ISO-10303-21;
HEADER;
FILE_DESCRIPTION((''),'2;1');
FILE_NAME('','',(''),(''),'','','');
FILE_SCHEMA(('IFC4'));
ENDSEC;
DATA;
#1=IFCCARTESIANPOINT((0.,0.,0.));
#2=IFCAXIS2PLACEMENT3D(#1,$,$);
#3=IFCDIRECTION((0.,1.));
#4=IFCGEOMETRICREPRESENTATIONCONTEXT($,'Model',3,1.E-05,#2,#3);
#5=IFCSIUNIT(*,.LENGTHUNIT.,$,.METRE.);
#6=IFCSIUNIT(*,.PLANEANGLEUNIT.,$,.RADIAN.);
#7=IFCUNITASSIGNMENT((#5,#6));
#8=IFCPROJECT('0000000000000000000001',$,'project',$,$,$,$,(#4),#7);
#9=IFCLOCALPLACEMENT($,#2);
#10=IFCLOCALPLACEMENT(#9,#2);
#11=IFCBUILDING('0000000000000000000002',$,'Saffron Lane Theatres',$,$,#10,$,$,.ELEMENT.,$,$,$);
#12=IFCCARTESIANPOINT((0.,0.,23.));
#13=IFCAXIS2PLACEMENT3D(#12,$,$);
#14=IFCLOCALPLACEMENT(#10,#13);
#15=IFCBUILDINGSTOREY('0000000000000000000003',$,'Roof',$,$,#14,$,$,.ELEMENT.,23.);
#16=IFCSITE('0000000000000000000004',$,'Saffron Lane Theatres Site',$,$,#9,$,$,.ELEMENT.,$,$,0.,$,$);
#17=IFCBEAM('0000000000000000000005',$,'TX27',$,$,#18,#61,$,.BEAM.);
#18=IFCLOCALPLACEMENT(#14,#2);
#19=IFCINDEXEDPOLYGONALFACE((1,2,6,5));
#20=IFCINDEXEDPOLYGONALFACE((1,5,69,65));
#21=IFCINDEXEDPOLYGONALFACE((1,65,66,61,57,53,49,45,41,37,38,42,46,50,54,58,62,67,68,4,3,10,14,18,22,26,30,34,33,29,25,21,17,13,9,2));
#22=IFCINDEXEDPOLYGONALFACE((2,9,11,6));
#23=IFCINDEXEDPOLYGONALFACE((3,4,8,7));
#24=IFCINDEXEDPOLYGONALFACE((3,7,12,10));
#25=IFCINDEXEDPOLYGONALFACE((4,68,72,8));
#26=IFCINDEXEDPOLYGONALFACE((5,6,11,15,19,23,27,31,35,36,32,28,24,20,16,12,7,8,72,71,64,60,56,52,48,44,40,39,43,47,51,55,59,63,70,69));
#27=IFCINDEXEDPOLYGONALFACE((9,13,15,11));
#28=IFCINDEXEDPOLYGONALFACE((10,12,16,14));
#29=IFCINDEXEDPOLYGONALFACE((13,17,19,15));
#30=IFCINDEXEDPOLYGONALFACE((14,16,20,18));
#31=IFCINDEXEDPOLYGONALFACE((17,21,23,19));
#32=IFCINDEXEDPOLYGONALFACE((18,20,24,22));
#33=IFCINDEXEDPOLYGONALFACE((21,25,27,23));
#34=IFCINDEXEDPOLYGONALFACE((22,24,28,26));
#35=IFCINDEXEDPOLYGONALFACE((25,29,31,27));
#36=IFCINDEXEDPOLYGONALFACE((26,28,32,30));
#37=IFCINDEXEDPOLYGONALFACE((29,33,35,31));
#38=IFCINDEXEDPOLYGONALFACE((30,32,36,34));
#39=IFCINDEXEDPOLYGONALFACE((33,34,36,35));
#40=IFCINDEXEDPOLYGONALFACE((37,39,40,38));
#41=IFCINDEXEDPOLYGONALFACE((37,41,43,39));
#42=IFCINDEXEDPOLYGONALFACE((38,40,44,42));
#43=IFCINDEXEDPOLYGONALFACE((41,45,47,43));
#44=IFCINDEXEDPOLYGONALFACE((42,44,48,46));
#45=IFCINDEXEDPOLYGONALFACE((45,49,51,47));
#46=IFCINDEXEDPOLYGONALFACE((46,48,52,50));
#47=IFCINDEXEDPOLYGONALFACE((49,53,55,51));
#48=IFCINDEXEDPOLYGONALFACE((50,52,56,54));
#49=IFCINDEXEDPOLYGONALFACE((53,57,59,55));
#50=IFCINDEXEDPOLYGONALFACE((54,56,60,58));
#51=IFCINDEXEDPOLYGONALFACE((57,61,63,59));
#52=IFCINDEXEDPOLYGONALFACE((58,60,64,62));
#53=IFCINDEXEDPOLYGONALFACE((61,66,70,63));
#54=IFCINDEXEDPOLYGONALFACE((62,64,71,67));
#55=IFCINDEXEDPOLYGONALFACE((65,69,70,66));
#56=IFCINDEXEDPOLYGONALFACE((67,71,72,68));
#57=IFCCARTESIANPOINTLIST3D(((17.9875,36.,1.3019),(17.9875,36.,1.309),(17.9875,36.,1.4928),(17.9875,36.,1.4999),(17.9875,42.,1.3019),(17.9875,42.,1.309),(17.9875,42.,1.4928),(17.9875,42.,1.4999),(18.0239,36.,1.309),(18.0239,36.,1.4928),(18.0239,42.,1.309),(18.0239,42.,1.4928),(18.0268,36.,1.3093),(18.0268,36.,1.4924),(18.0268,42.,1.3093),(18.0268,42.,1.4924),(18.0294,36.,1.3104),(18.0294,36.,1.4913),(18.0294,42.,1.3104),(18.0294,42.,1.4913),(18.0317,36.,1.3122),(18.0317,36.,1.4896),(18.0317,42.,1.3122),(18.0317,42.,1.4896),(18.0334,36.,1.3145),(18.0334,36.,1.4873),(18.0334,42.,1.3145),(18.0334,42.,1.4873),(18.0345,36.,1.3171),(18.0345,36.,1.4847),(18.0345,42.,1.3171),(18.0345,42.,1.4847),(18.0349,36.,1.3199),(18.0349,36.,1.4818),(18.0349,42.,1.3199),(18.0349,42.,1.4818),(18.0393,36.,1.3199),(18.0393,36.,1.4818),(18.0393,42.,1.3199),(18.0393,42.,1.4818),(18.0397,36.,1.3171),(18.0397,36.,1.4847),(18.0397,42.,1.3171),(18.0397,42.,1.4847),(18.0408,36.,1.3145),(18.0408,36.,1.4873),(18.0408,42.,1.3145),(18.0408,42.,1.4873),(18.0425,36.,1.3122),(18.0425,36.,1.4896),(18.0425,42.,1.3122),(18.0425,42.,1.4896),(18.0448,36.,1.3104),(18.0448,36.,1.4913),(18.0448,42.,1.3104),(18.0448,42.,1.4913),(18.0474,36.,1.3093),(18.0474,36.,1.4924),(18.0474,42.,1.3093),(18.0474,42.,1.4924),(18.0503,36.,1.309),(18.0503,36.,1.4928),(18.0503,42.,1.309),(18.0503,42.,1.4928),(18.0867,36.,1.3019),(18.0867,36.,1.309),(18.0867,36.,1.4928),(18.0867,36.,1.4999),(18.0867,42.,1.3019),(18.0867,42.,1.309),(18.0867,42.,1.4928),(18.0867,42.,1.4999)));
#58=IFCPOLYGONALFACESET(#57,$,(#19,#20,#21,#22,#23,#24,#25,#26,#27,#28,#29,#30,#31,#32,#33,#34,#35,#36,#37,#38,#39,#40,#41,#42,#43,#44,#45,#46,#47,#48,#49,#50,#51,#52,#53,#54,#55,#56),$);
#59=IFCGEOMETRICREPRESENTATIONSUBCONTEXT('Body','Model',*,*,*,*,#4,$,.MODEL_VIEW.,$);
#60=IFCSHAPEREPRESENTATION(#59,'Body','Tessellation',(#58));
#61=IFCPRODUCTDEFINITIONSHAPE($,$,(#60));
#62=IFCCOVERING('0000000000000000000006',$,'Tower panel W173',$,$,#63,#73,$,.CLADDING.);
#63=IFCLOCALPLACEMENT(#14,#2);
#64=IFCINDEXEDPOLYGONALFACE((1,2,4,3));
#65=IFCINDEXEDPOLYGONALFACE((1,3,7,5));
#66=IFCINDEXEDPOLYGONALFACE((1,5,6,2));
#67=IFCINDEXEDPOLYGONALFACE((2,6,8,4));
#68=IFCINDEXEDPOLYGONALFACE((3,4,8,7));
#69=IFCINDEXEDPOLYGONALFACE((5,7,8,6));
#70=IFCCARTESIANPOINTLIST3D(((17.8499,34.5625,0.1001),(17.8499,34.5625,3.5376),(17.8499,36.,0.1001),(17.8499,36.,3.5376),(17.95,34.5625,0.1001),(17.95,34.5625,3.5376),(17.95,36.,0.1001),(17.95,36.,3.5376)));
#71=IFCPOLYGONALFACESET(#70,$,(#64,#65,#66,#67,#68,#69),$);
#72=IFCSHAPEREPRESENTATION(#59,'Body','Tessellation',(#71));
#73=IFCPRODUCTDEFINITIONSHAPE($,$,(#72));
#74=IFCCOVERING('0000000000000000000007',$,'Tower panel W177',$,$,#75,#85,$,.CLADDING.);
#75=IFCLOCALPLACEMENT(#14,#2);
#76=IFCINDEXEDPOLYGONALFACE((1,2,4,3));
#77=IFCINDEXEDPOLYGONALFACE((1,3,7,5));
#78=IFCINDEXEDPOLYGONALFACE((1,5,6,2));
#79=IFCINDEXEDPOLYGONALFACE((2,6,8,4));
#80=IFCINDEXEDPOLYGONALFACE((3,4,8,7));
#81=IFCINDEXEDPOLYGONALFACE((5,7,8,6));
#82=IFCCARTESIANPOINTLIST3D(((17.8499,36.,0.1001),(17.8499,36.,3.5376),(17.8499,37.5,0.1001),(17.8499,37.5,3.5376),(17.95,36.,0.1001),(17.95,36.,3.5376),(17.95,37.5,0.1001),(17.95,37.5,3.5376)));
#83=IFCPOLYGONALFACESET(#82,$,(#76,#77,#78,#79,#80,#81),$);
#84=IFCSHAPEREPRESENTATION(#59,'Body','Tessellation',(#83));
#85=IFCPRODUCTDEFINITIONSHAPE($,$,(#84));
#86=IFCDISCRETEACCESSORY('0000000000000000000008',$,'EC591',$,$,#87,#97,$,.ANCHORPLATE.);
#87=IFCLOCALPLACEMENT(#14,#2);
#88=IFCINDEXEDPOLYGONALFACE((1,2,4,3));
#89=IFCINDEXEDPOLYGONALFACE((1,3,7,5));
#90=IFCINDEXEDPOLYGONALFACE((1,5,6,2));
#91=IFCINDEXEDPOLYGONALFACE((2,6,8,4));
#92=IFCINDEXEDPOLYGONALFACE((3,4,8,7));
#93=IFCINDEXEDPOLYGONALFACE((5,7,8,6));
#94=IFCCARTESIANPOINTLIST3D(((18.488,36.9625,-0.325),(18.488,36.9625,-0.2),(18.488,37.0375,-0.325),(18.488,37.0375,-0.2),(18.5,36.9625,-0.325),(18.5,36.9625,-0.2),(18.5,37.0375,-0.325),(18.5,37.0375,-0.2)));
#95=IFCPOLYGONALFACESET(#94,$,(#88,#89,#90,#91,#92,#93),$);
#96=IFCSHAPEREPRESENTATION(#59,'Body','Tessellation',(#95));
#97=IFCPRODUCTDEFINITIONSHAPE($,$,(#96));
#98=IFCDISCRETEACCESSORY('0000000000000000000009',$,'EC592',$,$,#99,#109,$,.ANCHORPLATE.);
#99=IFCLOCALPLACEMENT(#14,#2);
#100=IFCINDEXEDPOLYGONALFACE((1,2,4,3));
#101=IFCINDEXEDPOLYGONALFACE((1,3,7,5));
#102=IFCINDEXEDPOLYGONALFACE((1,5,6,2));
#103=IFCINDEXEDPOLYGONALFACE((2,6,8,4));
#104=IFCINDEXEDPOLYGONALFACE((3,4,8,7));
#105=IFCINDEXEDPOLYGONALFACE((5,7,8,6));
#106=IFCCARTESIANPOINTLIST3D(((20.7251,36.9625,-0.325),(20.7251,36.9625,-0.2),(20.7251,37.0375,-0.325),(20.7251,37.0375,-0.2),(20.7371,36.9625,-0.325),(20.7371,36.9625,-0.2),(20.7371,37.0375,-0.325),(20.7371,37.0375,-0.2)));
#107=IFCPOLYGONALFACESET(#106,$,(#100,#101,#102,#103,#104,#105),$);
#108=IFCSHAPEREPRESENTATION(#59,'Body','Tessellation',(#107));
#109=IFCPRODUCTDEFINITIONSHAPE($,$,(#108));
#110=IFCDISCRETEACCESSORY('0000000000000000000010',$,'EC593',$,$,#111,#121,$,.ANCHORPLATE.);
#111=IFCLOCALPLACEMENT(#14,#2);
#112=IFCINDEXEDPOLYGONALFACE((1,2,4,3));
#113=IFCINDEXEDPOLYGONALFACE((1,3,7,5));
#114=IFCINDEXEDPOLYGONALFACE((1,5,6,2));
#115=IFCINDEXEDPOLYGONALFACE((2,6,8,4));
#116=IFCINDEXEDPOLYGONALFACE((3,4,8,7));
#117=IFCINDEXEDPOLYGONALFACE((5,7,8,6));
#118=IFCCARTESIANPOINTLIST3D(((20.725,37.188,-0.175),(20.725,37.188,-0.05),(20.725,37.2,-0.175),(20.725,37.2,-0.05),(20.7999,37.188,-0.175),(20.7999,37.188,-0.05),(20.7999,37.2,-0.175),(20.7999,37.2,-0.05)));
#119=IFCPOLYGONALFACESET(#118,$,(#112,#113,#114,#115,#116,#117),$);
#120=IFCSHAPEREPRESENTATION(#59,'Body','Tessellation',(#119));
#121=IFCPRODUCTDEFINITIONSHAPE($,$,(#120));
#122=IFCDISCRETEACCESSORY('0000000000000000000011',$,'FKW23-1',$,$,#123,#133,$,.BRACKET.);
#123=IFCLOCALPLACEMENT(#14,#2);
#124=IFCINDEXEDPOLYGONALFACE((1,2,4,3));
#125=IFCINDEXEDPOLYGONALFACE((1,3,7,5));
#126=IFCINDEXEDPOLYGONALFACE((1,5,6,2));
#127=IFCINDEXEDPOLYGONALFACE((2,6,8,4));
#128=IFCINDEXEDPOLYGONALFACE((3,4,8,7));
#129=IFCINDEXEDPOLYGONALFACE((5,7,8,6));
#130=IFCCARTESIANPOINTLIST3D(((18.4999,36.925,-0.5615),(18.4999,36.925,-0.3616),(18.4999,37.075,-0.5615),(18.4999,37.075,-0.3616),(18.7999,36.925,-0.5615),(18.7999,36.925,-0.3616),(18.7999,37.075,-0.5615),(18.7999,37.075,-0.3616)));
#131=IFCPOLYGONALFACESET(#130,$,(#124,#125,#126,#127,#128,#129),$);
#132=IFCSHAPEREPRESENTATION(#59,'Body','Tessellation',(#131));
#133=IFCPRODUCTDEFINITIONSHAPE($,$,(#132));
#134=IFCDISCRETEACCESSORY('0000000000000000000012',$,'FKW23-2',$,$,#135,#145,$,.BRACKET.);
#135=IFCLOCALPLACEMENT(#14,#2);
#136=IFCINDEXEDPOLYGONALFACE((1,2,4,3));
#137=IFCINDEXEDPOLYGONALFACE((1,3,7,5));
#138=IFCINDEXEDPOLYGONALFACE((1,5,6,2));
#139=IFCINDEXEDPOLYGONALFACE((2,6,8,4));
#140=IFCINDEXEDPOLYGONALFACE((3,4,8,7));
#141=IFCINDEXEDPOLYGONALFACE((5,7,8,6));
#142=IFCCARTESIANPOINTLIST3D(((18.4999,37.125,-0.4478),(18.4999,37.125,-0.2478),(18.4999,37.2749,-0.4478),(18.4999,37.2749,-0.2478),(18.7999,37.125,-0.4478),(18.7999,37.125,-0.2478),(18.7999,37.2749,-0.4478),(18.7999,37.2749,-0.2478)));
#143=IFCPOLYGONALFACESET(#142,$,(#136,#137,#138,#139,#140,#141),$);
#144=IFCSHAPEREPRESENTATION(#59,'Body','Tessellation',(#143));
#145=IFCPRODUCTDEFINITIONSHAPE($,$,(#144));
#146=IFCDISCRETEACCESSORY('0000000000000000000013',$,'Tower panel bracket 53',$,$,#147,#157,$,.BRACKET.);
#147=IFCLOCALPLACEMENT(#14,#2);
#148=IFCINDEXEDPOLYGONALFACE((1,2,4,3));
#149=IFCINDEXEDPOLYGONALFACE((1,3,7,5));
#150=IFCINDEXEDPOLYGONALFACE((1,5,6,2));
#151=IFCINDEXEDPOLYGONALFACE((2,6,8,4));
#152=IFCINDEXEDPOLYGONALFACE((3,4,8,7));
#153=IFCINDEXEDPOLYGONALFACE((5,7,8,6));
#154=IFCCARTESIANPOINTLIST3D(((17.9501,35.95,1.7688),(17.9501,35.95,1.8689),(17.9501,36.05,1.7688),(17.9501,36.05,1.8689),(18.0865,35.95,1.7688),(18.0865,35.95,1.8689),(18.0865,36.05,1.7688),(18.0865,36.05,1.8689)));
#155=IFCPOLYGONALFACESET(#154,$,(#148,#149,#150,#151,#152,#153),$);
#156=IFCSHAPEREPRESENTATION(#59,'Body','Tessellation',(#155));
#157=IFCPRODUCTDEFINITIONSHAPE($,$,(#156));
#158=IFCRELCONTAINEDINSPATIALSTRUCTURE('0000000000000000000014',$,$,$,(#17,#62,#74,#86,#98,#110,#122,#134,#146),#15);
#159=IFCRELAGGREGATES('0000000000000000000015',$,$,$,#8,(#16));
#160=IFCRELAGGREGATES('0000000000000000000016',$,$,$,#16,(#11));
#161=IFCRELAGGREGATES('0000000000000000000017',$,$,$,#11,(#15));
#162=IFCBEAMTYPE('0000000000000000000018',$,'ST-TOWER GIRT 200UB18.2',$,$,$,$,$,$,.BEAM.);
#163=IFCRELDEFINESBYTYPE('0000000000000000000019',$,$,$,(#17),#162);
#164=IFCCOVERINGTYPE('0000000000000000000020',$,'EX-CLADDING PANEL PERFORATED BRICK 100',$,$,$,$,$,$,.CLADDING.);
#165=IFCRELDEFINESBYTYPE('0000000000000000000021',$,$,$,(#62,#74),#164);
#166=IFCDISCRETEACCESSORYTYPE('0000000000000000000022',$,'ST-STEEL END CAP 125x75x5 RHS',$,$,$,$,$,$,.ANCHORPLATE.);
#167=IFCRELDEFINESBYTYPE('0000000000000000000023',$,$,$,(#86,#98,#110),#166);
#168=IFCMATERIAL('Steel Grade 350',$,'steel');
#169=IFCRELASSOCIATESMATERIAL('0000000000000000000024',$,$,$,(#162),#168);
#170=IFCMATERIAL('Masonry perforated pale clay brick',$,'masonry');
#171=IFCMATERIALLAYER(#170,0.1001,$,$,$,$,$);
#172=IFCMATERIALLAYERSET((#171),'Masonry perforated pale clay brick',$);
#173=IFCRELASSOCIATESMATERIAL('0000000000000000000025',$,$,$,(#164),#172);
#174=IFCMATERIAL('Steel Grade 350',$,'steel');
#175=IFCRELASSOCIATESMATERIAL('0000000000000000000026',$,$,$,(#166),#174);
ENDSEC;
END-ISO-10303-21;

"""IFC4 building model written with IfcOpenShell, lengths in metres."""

from ifc_helpers import new_model, si_unit, direction, frame, origin, origin_2d, place, context, subcontext, project, spatial, rectangle, i_section, extrude, material, layer, layer_set, material_profile, profile_set, type_object, element, save


model = new_model("IFC4")

# Units and contexts
model_context = context("Model", 3, precision=1e-05, world=origin(), true_north=direction((0.0, 1.0)))
body_context = subcontext(model_context, "Body", "Model", "MODEL_VIEW")
ifc_project = project(units=[si_unit("LENGTHUNIT", "METRE"), si_unit("PLANEANGLEUNIT", "RADIAN")], contexts=[model_context])

# Site, building, storey
site_placement = place(None, origin())
site = spatial("IfcSite", under=ifc_project, at=site_placement, Name="Saffron Lane Theatres Site", CompositionType="ELEMENT", RefElevation=0.0)
building_placement = place(site_placement, origin())
building = spatial("IfcBuilding", under=site, at=building_placement, Name="Saffron Lane Theatres", CompositionType="ELEMENT")
storey_placement = place(building_placement, frame((0.0, 0.0, 23.0)))
storey = spatial("IfcBuildingStorey", under=building, at=storey_placement, Name="Roof", CompositionType="ELEMENT", Elevation=23.0)

# Beam
ifc_material_1 = material(Name="Steel Grade 350", Category="steel")
ifc_material_profile_1 = material_profile(ifc_material_1, i_section(OverallWidth=0.0991, OverallDepth=0.198, WebThickness=0.0044, FlangeThickness=0.0071, FilletRadius=0.011, at=origin_2d()))
ifc_profile_set_1 = profile_set([ifc_material_profile_1], Name="Steel Grade 350")
beam_type_1 = type_object("IfcBeamType", Name="ST-TOWER GIRT 200UB18.2", PredefinedType="BEAM", material=ifc_profile_set_1)
beam_1_placement = place(storey_placement, frame((18.0371, 36.0, 1.4009), z_axis=(0.0, 1.0, 0.0), x_axis=(-1.0, 0.0, 0.0)))
element("IfcBeam", 1, at=beam_1_placement, inside=storey, type_object=beam_type_1, Name="TX27", PredefinedType="BEAM", context=body_context, shape_type="SweptSolid", body=[
    extrude(i_section(OverallWidth=0.0991, OverallDepth=0.198, WebThickness=0.0044, FlangeThickness=0.0071, FilletRadius=0.011, at=origin_2d()), origin(), (0.0, 0.0, 1.0), 6.0),
])

# Coverings
ifc_material_2 = material(Name="Masonry perforated pale clay brick", Category="masonry")
ifc_layer_1 = layer(ifc_material_2, 0.1001)
ifc_layer_set_1 = layer_set([ifc_layer_1], Name="Masonry perforated pale clay brick")
covering_type_1 = type_object("IfcCoveringType", Name="EX-CLADDING PANEL PERFORATED BRICK 100", PredefinedType="CLADDING", material=ifc_layer_set_1)
covering_1_placement = place(storey_placement, frame((17.8999, 35.2812, 0.1001), z_axis=(0.0, 0.0, 1.0), x_axis=(0.0, 1.0, 0.0)))
element("IfcCovering", 2, at=covering_1_placement, inside=storey, type_object=covering_type_1, Name="Tower panel W173", PredefinedType="CLADDING", context=body_context, shape_type="SweptSolid", body=[
    extrude(rectangle(XDim=1.4375, YDim=0.1001, at=origin_2d()), origin(), (0.0, 0.0, 1.0), 3.4375),
])
covering_2_placement = place(storey_placement, frame((17.8999, 36.75, 0.1001), z_axis=(0.0, 0.0, 1.0), x_axis=(0.0, 1.0, 0.0)))
element("IfcCovering", 3, at=covering_2_placement, inside=storey, type_object=covering_type_1, Name="Tower panel W177", PredefinedType="CLADDING", context=body_context, shape_type="SweptSolid", body=[
    extrude(rectangle(XDim=1.5, YDim=0.1001, at=origin_2d()), origin(), (0.0, 0.0, 1.0), 3.4375),
])

# Discrete accessories
ifc_material_3 = material(Name="Steel Grade 350", Category="steel")
ifc_material_profile_2 = material_profile(ifc_material_3, rectangle(XDim=0.075, YDim=0.125, at=origin_2d()))
ifc_profile_set_2 = profile_set([ifc_material_profile_2], Name="Steel Grade 350")
discrete_accessory_type = type_object("IfcDiscreteAccessoryType", Name="ST-STEEL END CAP 125x75x5 RHS", PredefinedType="ANCHORPLATE", material=ifc_profile_set_2)
for number, where, z_axis, x_axis, name in (
    (4, (18.488, 37.0, -0.2625), (1.0, 0.0, 0.0), (0.0, 1.0, 0.0), "EC591"),
    (5, (20.7251, 37.0, -0.2625), (1.0, 0.0, 0.0), (0.0, 1.0, 0.0), "EC592"),
    (6, (20.7625, 37.188, -0.1125), (0.0, 1.0, 0.0), (-1.0, 0.0, 0.0), "EC593"),
):
    element("IfcDiscreteAccessory", number, at=place(storey_placement, frame(where, z_axis=z_axis, x_axis=x_axis)), inside=storey, type_object=discrete_accessory_type, Name=name, PredefinedType="ANCHORPLATE", context=body_context, shape_type="SweptSolid", body=[
        extrude(rectangle(XDim=0.075, YDim=0.125, at=origin_2d()), origin(), (0.0, 0.0, 1.0), 0.012),
    ])
for number, where, z_axis, x_axis, name in (
    (7, (18.6499, 37.0, -0.5615), (0.0, 0.0, 1.0), (1.0, 0.0, 0.0), "FKW23-1"),
    (8, (18.6499, 37.2, -0.4478), (0.0, 0.0, 1.0), (1.0, 0.0, 0.0), "FKW23-2"),
):
    element("IfcDiscreteAccessory", number, at=place(storey_placement, frame(where, z_axis=z_axis, x_axis=x_axis)), inside=storey, Name=name, PredefinedType="BRACKET", context=body_context, shape_type="SweptSolid", body=[
        extrude(rectangle(XDim=0.3, YDim=0.1499, at=origin_2d()), origin(), (0.0, 0.0, 1.0), 0.2),
    ])
discrete_accessory_placement = place(storey_placement, frame((18.0183, 36.0, 1.7688), z_axis=(0.0, 0.0, 1.0), x_axis=(0.0, 1.0, 0.0)))
element("IfcDiscreteAccessory", 9, at=discrete_accessory_placement, inside=storey, Name="Tower panel bracket 53", PredefinedType="BRACKET", context=body_context, shape_type="SweptSolid", body=[
    extrude(rectangle(XDim=0.1001, YDim=0.1365, at=origin_2d()), origin(), (0.0, 0.0, 1.0), 0.1001),
])

save(model, "model.ifc")
